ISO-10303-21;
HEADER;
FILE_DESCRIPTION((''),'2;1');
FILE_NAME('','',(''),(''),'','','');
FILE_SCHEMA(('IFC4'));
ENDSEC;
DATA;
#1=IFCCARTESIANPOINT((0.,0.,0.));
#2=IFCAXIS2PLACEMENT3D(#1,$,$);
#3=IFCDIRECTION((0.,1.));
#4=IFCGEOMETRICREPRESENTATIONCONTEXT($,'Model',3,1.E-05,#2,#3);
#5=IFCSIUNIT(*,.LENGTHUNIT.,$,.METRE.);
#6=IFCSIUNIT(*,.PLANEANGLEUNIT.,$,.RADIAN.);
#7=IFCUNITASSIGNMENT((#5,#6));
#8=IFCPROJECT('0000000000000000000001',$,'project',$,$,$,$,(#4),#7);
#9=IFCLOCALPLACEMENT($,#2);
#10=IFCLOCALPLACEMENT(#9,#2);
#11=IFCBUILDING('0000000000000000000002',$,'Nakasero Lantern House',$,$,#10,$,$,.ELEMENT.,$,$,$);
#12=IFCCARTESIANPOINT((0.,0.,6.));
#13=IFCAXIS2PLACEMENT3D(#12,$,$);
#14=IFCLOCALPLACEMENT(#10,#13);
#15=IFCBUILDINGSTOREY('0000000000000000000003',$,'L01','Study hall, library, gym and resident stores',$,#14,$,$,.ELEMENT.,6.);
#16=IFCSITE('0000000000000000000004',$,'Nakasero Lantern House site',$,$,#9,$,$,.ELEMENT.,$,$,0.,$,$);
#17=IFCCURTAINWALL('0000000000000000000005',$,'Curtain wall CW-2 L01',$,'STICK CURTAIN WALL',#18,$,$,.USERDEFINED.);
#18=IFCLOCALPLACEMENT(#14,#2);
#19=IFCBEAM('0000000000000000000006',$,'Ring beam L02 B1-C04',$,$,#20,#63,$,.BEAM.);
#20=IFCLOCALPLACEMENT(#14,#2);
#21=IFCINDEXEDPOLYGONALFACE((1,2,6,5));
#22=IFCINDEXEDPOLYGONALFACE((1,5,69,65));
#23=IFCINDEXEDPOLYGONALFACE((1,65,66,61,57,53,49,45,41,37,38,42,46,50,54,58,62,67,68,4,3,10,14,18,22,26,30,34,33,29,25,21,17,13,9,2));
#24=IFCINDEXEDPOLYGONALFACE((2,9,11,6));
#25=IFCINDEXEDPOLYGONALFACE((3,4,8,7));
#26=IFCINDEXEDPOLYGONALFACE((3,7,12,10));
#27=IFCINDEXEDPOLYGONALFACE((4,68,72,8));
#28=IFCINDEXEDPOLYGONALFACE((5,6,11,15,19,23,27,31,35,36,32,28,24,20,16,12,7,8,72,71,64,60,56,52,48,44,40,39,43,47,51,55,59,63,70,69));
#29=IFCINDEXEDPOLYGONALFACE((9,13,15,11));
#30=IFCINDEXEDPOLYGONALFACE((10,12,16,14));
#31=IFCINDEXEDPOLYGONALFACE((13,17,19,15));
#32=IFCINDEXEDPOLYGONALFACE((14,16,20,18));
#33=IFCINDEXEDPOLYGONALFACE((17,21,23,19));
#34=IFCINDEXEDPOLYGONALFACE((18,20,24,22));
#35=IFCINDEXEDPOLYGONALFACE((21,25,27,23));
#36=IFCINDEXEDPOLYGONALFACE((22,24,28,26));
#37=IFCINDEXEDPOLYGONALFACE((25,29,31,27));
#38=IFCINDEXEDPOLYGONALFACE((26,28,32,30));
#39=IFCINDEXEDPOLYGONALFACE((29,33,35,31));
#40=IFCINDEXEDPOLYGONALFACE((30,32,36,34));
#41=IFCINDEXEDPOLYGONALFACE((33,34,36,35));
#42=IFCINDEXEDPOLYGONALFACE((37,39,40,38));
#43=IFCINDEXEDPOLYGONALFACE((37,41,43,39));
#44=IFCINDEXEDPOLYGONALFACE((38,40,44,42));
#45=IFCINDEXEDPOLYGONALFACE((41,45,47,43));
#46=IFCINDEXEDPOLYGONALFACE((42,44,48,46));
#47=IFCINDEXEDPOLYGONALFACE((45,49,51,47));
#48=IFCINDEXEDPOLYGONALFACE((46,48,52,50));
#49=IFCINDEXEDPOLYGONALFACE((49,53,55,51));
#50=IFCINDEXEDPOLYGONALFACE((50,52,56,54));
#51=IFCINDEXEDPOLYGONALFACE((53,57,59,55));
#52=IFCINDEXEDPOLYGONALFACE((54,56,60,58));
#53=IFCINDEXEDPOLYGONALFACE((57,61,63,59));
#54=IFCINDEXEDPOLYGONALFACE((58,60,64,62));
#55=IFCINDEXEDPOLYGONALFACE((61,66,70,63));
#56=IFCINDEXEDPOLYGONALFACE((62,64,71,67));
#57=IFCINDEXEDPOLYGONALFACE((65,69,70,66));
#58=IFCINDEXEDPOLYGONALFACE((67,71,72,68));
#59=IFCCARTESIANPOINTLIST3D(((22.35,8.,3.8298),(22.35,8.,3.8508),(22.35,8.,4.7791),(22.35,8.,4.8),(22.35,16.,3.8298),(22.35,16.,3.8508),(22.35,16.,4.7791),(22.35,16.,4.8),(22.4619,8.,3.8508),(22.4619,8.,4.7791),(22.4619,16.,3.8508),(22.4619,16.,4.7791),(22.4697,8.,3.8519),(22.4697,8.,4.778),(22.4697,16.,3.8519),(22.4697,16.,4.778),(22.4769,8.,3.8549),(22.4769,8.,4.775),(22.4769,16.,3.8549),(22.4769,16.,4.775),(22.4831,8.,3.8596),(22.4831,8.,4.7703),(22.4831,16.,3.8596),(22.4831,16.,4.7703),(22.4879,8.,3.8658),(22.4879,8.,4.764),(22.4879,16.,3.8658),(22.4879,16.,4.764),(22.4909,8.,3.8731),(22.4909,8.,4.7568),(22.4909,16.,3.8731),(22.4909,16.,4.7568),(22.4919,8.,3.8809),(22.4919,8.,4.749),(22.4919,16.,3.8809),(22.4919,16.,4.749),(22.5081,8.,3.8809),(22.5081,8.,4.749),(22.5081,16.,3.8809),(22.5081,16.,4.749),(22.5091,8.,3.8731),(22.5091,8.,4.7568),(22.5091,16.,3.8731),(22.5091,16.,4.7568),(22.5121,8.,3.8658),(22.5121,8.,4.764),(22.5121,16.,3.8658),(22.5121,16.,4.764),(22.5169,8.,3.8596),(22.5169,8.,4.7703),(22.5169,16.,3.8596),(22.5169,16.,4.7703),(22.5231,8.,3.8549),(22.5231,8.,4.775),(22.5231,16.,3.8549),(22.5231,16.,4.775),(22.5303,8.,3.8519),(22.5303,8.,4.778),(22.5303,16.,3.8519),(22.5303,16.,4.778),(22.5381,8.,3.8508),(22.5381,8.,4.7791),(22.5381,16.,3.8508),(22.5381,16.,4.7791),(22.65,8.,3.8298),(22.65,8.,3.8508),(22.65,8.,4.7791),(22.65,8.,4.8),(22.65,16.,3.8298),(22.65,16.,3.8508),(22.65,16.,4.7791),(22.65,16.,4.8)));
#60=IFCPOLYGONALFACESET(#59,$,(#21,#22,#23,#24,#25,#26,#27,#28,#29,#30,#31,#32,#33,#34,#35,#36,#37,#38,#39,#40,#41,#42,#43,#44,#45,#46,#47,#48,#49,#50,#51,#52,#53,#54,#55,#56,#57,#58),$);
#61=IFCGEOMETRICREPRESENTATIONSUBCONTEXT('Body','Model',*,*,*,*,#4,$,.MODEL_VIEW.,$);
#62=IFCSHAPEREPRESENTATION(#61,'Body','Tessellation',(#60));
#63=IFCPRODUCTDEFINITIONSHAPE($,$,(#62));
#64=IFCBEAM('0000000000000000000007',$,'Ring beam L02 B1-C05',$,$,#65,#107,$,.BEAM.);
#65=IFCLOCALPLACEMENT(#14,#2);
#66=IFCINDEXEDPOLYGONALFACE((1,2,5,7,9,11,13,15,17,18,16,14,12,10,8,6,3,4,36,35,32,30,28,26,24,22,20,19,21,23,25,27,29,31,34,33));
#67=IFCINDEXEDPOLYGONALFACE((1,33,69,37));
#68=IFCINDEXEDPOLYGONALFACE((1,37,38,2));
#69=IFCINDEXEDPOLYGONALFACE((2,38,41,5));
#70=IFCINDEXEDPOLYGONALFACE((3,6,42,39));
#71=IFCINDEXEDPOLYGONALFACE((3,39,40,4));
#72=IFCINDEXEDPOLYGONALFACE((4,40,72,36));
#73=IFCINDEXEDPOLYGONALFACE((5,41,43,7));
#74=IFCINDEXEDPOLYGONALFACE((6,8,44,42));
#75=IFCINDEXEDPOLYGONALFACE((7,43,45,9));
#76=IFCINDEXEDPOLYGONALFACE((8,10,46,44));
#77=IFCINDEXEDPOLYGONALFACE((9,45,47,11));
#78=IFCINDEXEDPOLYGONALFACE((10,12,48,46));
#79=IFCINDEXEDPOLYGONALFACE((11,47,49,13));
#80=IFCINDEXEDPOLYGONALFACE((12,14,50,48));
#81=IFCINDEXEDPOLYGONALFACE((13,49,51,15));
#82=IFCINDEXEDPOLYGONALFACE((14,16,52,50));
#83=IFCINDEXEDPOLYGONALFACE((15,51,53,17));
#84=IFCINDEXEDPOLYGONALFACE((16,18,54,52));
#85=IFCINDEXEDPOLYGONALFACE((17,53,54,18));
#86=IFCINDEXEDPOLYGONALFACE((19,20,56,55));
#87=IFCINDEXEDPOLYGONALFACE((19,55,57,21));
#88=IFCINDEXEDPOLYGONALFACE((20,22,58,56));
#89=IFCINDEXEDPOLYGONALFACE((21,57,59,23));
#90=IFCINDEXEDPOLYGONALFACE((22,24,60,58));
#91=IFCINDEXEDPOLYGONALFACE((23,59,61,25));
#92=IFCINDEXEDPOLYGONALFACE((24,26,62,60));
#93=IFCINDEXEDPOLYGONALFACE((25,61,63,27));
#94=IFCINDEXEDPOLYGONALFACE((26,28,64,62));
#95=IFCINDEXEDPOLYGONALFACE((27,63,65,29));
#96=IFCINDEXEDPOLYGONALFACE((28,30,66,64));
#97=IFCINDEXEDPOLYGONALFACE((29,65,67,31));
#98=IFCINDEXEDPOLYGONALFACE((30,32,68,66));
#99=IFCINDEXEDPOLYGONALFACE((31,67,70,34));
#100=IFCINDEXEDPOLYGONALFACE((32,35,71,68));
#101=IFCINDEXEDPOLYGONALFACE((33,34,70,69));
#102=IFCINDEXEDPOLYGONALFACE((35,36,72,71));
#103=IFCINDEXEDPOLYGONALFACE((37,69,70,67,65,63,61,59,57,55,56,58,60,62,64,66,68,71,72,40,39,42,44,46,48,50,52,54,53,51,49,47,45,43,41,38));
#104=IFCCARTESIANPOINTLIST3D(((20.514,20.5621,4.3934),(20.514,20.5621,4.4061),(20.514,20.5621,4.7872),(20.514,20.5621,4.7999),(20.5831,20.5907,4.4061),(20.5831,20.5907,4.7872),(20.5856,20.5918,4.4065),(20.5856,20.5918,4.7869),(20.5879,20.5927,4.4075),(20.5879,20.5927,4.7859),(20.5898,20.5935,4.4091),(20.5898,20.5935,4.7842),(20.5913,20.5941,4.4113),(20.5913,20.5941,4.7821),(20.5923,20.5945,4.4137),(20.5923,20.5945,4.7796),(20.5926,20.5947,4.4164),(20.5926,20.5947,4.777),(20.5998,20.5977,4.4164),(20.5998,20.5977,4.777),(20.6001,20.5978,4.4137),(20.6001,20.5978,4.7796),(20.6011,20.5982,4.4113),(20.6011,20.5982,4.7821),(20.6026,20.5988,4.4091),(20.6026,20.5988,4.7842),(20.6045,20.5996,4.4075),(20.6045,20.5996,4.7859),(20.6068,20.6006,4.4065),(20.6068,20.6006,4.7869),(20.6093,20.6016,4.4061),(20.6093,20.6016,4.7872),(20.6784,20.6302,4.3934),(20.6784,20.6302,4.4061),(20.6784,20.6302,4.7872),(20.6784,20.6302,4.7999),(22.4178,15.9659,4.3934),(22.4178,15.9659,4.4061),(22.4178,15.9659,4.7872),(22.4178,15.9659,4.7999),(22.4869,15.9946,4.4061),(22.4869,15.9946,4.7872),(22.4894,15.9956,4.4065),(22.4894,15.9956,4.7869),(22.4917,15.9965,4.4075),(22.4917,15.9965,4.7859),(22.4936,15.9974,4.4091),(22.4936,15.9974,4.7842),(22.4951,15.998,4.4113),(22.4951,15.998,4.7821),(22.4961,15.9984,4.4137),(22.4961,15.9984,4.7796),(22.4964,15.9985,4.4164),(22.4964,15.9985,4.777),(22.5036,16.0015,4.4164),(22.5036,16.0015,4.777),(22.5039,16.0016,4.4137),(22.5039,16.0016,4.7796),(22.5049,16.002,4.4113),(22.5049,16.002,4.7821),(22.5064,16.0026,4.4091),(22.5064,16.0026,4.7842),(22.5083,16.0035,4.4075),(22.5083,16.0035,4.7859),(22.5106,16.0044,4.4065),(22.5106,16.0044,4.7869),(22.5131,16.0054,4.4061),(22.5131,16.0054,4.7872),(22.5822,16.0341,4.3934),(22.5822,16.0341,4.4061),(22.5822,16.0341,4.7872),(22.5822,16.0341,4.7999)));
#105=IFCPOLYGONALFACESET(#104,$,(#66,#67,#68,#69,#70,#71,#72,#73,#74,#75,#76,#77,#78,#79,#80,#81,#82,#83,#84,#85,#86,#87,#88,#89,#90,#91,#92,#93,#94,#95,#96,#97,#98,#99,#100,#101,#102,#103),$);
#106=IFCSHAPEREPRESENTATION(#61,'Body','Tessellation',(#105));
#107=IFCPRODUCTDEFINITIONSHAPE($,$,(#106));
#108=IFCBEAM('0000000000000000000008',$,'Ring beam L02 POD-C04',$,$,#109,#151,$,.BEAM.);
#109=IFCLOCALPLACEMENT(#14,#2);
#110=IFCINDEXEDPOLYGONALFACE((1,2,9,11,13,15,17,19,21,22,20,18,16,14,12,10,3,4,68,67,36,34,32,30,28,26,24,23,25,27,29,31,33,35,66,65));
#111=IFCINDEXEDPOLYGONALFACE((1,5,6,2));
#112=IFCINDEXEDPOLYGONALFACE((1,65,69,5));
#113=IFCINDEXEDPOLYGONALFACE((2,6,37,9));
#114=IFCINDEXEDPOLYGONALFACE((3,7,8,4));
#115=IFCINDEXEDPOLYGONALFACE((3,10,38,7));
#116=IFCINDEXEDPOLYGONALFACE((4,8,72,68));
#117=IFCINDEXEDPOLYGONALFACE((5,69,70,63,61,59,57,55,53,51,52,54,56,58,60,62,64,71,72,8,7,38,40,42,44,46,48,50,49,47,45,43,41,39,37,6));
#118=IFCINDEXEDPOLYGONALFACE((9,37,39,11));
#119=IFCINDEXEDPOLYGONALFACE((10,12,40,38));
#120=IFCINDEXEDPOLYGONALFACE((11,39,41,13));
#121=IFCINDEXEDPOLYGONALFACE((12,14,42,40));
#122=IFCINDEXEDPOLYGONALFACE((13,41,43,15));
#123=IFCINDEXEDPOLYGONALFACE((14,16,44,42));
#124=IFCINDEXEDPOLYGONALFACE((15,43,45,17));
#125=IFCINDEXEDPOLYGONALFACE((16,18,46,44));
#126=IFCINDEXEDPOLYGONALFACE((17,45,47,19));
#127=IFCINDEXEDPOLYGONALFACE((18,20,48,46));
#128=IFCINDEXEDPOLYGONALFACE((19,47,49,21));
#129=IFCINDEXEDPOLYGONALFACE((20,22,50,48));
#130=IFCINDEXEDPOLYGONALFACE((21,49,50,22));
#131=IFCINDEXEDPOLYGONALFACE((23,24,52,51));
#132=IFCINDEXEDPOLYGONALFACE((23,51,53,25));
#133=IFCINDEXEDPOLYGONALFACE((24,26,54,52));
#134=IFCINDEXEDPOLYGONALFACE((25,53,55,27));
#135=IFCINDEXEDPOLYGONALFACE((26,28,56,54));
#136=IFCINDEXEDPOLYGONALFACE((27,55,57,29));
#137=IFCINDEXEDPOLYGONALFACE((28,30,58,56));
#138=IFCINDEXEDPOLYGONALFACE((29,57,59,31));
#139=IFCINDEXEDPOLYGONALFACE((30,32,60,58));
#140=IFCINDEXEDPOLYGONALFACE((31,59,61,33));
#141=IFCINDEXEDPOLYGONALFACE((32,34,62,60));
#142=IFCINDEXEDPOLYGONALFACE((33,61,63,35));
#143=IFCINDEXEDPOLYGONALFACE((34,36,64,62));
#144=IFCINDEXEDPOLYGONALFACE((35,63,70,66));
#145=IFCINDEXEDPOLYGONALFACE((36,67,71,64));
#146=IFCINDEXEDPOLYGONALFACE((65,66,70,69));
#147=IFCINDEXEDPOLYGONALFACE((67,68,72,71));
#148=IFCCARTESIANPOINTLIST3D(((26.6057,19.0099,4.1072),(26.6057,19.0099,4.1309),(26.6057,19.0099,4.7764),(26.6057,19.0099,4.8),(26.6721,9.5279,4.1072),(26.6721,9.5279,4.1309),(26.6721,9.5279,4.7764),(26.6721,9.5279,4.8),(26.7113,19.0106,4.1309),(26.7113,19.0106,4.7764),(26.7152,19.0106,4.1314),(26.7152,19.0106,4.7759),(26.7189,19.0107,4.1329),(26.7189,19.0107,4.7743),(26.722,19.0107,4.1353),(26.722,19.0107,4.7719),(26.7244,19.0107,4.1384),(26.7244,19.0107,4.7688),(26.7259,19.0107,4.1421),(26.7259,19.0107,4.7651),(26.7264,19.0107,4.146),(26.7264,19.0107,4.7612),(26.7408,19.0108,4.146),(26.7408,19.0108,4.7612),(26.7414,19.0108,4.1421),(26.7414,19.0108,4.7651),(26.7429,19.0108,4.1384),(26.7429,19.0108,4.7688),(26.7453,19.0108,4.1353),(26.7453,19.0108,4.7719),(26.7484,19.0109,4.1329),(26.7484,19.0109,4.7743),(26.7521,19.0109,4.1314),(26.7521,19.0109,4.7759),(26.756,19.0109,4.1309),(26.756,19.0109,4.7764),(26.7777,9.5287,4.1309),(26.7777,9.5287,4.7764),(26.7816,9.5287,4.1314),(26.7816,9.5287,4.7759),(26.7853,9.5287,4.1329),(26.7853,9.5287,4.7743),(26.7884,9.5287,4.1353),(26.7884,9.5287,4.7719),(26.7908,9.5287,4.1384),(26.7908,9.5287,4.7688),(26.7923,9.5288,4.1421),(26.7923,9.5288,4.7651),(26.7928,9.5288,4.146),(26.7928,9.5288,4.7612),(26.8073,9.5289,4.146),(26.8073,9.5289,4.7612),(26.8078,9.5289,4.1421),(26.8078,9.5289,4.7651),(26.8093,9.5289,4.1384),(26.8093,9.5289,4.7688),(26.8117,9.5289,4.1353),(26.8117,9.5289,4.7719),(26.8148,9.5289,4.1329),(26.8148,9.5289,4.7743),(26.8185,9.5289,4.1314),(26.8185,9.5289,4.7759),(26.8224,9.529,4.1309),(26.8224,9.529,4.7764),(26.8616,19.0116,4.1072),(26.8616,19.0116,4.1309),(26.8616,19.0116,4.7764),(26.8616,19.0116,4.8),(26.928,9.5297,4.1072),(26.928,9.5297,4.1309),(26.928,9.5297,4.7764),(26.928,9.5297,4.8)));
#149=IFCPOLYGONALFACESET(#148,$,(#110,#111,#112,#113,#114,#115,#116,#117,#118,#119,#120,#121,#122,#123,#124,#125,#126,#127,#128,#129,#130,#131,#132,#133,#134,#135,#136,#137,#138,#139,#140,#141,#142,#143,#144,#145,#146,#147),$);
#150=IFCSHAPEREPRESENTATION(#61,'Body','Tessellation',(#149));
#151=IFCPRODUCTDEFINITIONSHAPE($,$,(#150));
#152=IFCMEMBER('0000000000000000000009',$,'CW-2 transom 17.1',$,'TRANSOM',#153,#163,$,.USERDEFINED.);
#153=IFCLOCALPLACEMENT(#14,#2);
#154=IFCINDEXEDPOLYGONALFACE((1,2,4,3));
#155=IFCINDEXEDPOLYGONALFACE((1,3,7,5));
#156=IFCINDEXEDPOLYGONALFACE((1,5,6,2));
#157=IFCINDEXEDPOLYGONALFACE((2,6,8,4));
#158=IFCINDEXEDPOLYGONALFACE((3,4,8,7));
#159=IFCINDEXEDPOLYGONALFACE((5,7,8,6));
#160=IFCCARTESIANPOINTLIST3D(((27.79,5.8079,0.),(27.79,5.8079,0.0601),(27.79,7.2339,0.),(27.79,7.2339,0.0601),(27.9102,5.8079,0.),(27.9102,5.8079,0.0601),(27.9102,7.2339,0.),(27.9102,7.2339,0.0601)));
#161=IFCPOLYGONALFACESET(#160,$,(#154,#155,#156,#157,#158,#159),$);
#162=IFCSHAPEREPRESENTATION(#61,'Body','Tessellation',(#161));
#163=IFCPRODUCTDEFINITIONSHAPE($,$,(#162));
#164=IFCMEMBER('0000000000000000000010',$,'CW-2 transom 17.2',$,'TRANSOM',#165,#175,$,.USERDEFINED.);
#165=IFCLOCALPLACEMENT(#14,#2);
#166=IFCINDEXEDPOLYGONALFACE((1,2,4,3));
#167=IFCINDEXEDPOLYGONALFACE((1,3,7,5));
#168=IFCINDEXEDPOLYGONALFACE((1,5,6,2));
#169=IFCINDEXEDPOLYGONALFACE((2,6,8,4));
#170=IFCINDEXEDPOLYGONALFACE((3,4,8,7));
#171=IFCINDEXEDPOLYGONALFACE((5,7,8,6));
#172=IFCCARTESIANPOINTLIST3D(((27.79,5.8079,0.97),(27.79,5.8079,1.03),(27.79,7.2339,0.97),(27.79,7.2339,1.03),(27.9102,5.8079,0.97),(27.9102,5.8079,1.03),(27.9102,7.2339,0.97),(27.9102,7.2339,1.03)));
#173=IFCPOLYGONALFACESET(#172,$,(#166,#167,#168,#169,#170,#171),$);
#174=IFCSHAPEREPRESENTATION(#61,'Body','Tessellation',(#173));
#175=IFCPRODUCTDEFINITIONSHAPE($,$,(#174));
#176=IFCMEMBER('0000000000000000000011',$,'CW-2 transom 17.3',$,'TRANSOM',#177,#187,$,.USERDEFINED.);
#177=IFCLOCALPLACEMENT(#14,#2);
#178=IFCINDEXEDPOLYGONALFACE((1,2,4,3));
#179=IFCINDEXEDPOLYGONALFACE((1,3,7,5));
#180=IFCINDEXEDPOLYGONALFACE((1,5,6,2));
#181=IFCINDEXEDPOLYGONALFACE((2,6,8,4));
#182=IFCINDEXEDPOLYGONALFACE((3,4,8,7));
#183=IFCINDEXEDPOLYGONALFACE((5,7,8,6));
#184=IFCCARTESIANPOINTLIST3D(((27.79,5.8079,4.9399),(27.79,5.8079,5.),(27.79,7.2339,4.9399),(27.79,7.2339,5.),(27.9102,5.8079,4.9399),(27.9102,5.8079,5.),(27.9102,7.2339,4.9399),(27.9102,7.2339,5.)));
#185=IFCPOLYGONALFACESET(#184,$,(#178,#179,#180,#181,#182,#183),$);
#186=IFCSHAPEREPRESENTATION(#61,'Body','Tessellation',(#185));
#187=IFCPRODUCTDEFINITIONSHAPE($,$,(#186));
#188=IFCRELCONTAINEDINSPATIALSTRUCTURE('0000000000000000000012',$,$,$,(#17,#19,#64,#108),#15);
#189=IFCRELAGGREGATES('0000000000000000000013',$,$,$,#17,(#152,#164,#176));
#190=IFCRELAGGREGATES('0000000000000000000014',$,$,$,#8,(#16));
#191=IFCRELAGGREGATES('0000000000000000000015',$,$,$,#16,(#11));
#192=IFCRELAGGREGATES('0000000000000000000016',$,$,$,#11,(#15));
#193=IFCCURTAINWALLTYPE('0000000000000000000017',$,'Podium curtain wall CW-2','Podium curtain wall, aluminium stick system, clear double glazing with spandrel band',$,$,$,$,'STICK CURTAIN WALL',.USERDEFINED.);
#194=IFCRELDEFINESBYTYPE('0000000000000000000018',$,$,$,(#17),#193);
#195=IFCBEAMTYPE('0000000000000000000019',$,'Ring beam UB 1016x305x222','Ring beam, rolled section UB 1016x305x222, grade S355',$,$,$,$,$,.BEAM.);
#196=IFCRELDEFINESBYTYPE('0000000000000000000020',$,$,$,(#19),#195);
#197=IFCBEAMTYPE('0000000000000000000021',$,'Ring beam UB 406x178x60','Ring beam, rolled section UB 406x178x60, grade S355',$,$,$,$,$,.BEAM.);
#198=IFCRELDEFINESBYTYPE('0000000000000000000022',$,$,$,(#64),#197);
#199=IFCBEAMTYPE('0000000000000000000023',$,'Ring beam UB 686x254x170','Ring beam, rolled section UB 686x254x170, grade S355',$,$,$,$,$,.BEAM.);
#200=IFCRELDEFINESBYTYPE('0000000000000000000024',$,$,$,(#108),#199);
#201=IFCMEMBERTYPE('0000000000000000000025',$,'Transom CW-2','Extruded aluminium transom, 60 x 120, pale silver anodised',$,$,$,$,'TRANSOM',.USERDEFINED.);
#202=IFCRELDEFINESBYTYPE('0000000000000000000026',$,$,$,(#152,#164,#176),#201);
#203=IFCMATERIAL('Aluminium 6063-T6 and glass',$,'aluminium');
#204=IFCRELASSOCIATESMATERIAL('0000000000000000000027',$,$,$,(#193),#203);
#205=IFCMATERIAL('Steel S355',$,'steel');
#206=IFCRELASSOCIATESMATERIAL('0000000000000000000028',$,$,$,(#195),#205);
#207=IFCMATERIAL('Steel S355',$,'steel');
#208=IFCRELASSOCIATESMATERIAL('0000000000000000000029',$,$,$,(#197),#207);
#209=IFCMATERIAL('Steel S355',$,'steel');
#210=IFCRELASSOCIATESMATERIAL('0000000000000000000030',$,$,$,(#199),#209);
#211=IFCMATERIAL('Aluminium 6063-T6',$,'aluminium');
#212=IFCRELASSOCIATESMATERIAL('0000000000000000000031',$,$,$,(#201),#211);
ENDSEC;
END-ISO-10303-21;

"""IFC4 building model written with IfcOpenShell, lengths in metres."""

from ifc_helpers import new_model, si_unit, direction, frame, origin, origin_2d, place, context, subcontext, project, spatial, rectangle, i_section, extrude, material, material_profile, profile_set, type_object, element, aggregate, save


model = new_model("IFC4")

# Units and contexts
model_context = context("Model", 3, precision=1e-05, world=origin(), true_north=direction((0.0, 1.0)))
body_context = subcontext(model_context, "Body", "Model", "MODEL_VIEW")
ifc_project = project(units=[si_unit("LENGTHUNIT", "METRE"), si_unit("PLANEANGLEUNIT", "RADIAN")], contexts=[model_context])

# Site, building, storey
site_placement = place(None, origin())
site = spatial("IfcSite", under=ifc_project, at=site_placement, Name="Nakasero Lantern House site", CompositionType="ELEMENT", RefElevation=0.0)
building_placement = place(site_placement, origin())
building = spatial("IfcBuilding", under=site, at=building_placement, Name="Nakasero Lantern House", CompositionType="ELEMENT")
storey_placement = place(building_placement, frame((0.0, 0.0, 6.0)))
storey = spatial("IfcBuildingStorey", under=building, at=storey_placement, Name="L01", Description="Study hall, library, gym and resident stores", CompositionType="ELEMENT", Elevation=6.0)

# Curtain wall
ifc_material_1 = material(Name="Aluminium 6063-T6 and glass", Category="aluminium")
curtain_wall_type = type_object("IfcCurtainWallType", Name="Podium curtain wall CW-2", Description="Podium curtain wall, aluminium stick system, clear double glazing with spandrel band", ElementType="STICK CURTAIN WALL", PredefinedType="USERDEFINED", material=ifc_material_1)
curtain_wall_placement = place(storey_placement, origin())
curtain_wall = element("IfcCurtainWall", 1, at=curtain_wall_placement, inside=storey, type_object=curtain_wall_type, Name="Curtain wall CW-2 L01", ObjectType="STICK CURTAIN WALL", PredefinedType="USERDEFINED")

# Beams
ifc_material_2 = material(Name="Steel S355", Category="steel")
ifc_material_profile_1 = material_profile(ifc_material_2, i_section(OverallWidth=0.3, OverallDepth=0.9702, WebThickness=0.0161, FlangeThickness=0.021, FilletRadius=0.03, at=origin_2d()), Name="UB 1016x305x222")
ifc_profile_set_1 = profile_set([ifc_material_profile_1], Name="Steel S355")
beam_type_1 = type_object("IfcBeamType", Name="Ring beam UB 1016x305x222", Description="Ring beam, rolled section UB 1016x305x222, grade S355", PredefinedType="BEAM", material=ifc_profile_set_1)
beam_1_placement = place(storey_placement, frame((22.5, 8.0, 4.3149), z_axis=(0.0, 1.0, 0.0), x_axis=(-1.0, 0.0, 0.0)))
element("IfcBeam", 2, at=beam_1_placement, inside=storey, type_object=beam_type_1, Name="Ring beam L02 B1-C04", PredefinedType="BEAM", context=body_context, shape_type="SweptSolid", body=[
    extrude(i_section(OverallWidth=0.3, OverallDepth=0.9702, WebThickness=0.0161, FlangeThickness=0.021, FilletRadius=0.03, at=origin_2d()), origin(), (0.0, 0.0, 1.0), 8.0),
])
ifc_material_3 = material(Name="Steel S355", Category="steel")
ifc_material_profile_2 = material_profile(ifc_material_3, i_section(OverallWidth=0.178, OverallDepth=0.4065, WebThickness=0.0078, FlangeThickness=0.0127, FilletRadius=0.0103, at=origin_2d()), Name="UB 406x178x60")
ifc_profile_set_2 = profile_set([ifc_material_profile_2], Name="Steel S355")
beam_type_2 = type_object("IfcBeamType", Name="Ring beam UB 406x178x60", Description="Ring beam, rolled section UB 406x178x60, grade S355", PredefinedType="BEAM", material=ifc_profile_set_2)
beam_2_placement = place(storey_placement, frame((22.5, 16.0, 4.5967), z_axis=(-0.382684, 0.923879, 0.0), x_axis=(-0.923879, -0.382684, 0.0)))
element("IfcBeam", 3, at=beam_2_placement, inside=storey, type_object=beam_type_2, Name="Ring beam L02 B1-C05", PredefinedType="BEAM", context=body_context, shape_type="SweptSolid", body=[
    extrude(i_section(OverallWidth=0.178, OverallDepth=0.4065, WebThickness=0.0078, FlangeThickness=0.0127, FilletRadius=0.0103, at=origin_2d()), origin(), (0.0, 0.0, 1.0), 4.9749),
])
ifc_material_4 = material(Name="Steel S355", Category="steel")
ifc_material_profile_3 = material_profile(ifc_material_4, i_section(OverallWidth=0.2559, OverallDepth=0.6929, WebThickness=0.0144, FlangeThickness=0.0237, FilletRadius=0.0151, at=origin_2d()), Name="UB 686x254x170")
ifc_profile_set_3 = profile_set([ifc_material_profile_3], Name="Steel S355")
beam_type_3 = type_object("IfcBeamType", Name="Ring beam UB 686x254x170", Description="Ring beam, rolled section UB 686x254x170, grade S355", PredefinedType="BEAM", material=ifc_profile_set_3)
beam_3_placement = place(storey_placement, frame((26.8, 9.5288, 4.4536), z_axis=(-0.007003, 0.999975, 0.0), x_axis=(-0.999975, -0.007003, 0.0)))
element("IfcBeam", 4, at=beam_3_placement, inside=storey, type_object=beam_type_3, Name="Ring beam L02 POD-C04", PredefinedType="BEAM", context=body_context, shape_type="SweptSolid", body=[
    extrude(i_section(OverallWidth=0.2559, OverallDepth=0.6929, WebThickness=0.0144, FlangeThickness=0.0237, FilletRadius=0.0151, at=origin_2d()), origin(), (0.0, 0.0, 1.0), 9.4822),
])

# Members
ifc_material_5 = material(Name="Aluminium 6063-T6", Category="aluminium")
ifc_material_profile_4 = material_profile(ifc_material_5, rectangle(XDim=0.0601, YDim=0.1201, at=origin_2d()), Name="CW-2 transom 60x120")
ifc_profile_set_4 = profile_set([ifc_material_profile_4], Name="Aluminium 6063-T6")
member_type_1 = type_object("IfcMemberType", Name="Transom CW-2", Description="Extruded aluminium transom, 60 x 120, pale silver anodised", ElementType="TRANSOM", PredefinedType="USERDEFINED", material=ifc_profile_set_4)
member_1_placement = place(storey_placement, frame((27.8501, 5.8079, 0.03), z_axis=(0.0, 1.0, 0.0), x_axis=(0.0, 0.0, 1.0)))
member_1 = element("IfcMember", 5, at=member_1_placement, type_object=member_type_1, Name="CW-2 transom 17.1", ObjectType="TRANSOM", PredefinedType="USERDEFINED", context=body_context, shape_type="SweptSolid", body=[
    extrude(rectangle(XDim=0.0601, YDim=0.1201, at=origin_2d()), origin(), (0.0, 0.0, 1.0), 1.426),
])
member_2_placement = place(storey_placement, frame((27.8501, 5.8079, 1.0), z_axis=(0.0, 1.0, 0.0), x_axis=(0.0, 0.0, 1.0)))
member_2 = element("IfcMember", 6, at=member_2_placement, type_object=member_type_1, Name="CW-2 transom 17.2", ObjectType="TRANSOM", PredefinedType="USERDEFINED", context=body_context, shape_type="SweptSolid", body=[
    extrude(rectangle(XDim=0.0601, YDim=0.1201, at=origin_2d()), origin(), (0.0, 0.0, 1.0), 1.426),
])
member_3_placement = place(storey_placement, frame((27.8501, 5.8079, 4.97), z_axis=(0.0, 1.0, 0.0), x_axis=(0.0, 0.0, 1.0)))
member_3 = element("IfcMember", 7, at=member_3_placement, type_object=member_type_1, Name="CW-2 transom 17.3", ObjectType="TRANSOM", PredefinedType="USERDEFINED", context=body_context, shape_type="SweptSolid", body=[
    extrude(rectangle(XDim=0.0601, YDim=0.1201, at=origin_2d()), origin(), (0.0, 0.0, 1.0), 1.426),
])

aggregate(curtain_wall, [member_1, member_2, member_3])

save(model, "model.ifc")
